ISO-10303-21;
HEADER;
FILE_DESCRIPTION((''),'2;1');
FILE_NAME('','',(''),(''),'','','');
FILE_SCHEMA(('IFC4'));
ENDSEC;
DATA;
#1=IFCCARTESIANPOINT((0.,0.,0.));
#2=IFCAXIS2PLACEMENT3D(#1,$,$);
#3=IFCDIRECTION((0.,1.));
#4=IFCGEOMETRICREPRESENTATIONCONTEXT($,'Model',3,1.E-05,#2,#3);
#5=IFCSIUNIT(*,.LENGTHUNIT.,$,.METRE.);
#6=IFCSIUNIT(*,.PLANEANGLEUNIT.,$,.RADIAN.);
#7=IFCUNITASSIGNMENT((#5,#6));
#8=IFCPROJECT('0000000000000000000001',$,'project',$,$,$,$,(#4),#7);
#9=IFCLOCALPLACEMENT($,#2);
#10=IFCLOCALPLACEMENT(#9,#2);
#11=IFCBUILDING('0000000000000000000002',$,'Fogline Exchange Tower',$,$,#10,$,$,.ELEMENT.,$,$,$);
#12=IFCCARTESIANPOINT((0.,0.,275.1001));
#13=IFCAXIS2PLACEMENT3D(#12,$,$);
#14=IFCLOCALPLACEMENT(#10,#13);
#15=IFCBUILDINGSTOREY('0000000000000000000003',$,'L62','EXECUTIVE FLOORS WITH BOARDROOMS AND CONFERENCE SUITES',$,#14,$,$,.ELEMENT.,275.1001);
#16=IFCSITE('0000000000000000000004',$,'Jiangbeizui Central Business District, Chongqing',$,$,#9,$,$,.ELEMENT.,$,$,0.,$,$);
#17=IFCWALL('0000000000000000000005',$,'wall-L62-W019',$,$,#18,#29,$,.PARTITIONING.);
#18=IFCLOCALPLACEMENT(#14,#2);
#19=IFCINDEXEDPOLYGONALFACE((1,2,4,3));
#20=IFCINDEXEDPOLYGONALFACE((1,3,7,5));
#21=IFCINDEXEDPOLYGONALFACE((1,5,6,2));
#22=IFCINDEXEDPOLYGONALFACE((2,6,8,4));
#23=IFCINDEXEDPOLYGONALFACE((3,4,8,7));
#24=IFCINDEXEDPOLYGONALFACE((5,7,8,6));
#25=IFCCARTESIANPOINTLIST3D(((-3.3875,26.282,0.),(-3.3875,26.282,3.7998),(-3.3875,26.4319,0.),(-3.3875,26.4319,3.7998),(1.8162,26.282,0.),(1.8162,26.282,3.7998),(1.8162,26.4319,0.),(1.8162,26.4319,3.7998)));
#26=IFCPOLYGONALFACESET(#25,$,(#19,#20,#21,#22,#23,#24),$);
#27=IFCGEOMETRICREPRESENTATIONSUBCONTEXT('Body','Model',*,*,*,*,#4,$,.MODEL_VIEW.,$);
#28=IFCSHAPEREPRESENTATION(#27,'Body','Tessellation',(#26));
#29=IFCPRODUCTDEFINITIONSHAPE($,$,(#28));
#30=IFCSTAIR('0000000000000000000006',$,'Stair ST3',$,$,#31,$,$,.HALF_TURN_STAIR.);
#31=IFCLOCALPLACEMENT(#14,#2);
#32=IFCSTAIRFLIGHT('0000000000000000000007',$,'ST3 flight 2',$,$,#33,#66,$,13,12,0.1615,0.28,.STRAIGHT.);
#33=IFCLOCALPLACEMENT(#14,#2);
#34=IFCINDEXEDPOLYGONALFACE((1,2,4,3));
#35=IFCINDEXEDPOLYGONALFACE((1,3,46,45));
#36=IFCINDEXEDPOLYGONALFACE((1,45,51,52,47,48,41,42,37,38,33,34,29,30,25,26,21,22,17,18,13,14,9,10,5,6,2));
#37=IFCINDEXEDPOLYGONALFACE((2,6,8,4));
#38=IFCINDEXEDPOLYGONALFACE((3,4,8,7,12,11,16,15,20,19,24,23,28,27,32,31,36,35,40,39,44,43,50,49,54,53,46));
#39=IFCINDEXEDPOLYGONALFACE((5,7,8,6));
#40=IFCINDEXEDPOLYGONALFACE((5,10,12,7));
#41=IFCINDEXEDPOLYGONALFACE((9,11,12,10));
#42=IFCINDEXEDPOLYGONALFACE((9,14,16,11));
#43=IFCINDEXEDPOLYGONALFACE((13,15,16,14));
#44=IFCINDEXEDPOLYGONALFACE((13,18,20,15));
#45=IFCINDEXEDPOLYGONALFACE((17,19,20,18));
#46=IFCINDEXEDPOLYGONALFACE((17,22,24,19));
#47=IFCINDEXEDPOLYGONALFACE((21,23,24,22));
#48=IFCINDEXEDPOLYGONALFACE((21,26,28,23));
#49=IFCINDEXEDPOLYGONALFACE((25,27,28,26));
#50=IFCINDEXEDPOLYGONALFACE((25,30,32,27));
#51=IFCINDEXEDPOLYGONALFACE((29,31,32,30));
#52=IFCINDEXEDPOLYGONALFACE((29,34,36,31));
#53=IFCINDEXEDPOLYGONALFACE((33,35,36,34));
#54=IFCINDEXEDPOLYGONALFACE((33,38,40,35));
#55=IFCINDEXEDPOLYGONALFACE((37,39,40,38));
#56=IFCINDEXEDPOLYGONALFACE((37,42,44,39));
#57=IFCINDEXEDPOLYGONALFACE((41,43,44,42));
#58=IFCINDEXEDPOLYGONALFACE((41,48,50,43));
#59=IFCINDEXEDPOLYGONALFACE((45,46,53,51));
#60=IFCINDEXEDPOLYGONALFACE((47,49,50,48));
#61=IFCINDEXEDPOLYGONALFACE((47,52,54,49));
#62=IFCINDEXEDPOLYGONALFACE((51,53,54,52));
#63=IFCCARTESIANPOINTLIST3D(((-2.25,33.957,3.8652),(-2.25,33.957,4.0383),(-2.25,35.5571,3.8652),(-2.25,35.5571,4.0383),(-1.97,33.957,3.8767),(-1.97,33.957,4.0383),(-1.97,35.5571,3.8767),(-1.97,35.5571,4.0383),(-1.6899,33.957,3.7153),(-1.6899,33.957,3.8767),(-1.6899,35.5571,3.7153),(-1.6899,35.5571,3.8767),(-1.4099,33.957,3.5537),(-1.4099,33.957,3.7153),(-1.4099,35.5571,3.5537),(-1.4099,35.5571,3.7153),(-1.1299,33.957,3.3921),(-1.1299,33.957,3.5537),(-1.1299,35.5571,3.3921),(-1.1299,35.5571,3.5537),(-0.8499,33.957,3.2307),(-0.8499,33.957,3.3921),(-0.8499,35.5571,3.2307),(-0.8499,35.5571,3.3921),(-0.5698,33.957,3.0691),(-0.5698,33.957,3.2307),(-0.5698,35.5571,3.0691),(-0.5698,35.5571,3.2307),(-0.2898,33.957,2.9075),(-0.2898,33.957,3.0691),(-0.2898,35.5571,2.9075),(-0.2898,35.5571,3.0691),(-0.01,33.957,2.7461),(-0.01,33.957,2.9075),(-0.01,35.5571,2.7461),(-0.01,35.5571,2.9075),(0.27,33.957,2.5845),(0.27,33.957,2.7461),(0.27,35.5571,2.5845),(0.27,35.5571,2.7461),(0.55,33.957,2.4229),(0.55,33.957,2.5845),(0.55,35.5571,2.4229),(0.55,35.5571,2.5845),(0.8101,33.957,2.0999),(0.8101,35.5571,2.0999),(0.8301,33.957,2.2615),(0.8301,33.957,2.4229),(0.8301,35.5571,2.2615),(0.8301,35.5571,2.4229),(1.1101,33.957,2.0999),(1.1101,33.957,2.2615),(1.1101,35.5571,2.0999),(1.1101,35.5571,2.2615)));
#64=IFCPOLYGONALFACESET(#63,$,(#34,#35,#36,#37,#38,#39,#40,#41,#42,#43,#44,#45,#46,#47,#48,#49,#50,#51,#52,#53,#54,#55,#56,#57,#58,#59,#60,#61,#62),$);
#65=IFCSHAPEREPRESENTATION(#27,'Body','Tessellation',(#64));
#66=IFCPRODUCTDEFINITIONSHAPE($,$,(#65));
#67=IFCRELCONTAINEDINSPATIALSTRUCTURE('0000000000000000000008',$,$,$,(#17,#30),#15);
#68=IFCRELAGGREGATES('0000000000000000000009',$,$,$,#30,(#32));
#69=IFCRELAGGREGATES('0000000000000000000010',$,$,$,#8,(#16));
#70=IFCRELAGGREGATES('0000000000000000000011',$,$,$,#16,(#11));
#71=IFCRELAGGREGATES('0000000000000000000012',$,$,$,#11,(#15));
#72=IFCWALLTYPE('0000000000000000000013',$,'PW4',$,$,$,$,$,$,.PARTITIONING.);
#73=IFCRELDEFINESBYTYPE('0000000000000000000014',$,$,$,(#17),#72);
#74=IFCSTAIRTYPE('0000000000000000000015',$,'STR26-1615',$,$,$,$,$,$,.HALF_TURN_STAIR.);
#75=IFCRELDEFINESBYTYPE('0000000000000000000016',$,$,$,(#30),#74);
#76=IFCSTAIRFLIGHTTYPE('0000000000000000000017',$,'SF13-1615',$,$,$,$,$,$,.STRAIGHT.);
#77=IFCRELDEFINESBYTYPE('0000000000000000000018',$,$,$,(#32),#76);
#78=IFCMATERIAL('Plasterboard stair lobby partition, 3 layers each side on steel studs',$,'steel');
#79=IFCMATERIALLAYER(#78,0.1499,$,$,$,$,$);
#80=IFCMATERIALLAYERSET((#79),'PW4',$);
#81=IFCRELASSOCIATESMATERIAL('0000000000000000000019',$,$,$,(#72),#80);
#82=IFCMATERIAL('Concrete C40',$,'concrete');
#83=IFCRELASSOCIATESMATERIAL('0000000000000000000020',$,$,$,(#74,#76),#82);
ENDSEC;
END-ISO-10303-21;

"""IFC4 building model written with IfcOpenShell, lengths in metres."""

from ifc_helpers import new_model, si_unit, direction, frame, frame_2d, origin, place, context, subcontext, project, spatial, polyline, rectangle, outline, extrude, material, layer, layer_set, type_object, element, aggregate, save


model = new_model("IFC4")

# Units and contexts
model_context = context("Model", 3, precision=1e-05, world=origin(), true_north=direction((0.0, 1.0)))
body_context = subcontext(model_context, "Body", "Model", "MODEL_VIEW")
ifc_project = project(units=[si_unit("LENGTHUNIT", "METRE"), si_unit("PLANEANGLEUNIT", "RADIAN")], contexts=[model_context])

# Site, building, storey
site_placement = place(None, origin())
site = spatial("IfcSite", under=ifc_project, at=site_placement, Name="Jiangbeizui Central Business District, Chongqing", CompositionType="ELEMENT", RefElevation=0.0)
building_placement = place(site_placement, origin())
building = spatial("IfcBuilding", under=site, at=building_placement, Name="Fogline Exchange Tower", CompositionType="ELEMENT")
storey_placement = place(building_placement, frame((0.0, 0.0, 275.1001)))
storey = spatial("IfcBuildingStorey", under=building, at=storey_placement, Name="L62", Description="EXECUTIVE FLOORS WITH BOARDROOMS AND CONFERENCE SUITES", CompositionType="ELEMENT", Elevation=275.1001)

# Shared definitions
ifc_material_1 = material(Name="Concrete C40", Category="concrete")

# Wall
ifc_material_2 = material(Name="Plasterboard stair lobby partition, 3 layers each side on steel studs", Category="steel")
ifc_layer_1 = layer(ifc_material_2, 0.1499)
ifc_layer_set_1 = layer_set([ifc_layer_1], Name="PW4")
wall_type_1 = type_object("IfcWallType", Name="PW4", PredefinedType="PARTITIONING", material=ifc_layer_set_1)
wall_1_placement = place(storey_placement, frame((1.8162, 26.3569, 0.0), z_axis=(0.0, 0.0, 1.0), x_axis=(-1.0, 0.0, 0.0)))
element("IfcWall", 1, at=wall_1_placement, inside=storey, type_object=wall_type_1, Name="wall-L62-W019", PredefinedType="PARTITIONING", context=body_context, shape_type="SweptSolid", body=[
    extrude(rectangle(XDim=5.2036, YDim=0.1499, at=frame_2d((2.6018, 0.0))), origin(), (0.0, 0.0, 1.0), 3.7998),
])

# Stair, stair flight
stair_type = type_object("IfcStairType", Name="STR26-1615", PredefinedType="HALF_TURN_STAIR", material=ifc_material_1)
stair_placement = place(storey_placement, origin())
stair = element("IfcStair", 2, at=stair_placement, inside=storey, type_object=stair_type, Name="Stair ST3", PredefinedType="HALF_TURN_STAIR")
stair_flight_type = type_object("IfcStairFlightType", Name="SF13-1615", PredefinedType="STRAIGHT", material=ifc_material_1)
stair_flight_placement = place(storey_placement, frame((1.1101, 34.7571, 2.0999), z_axis=(0.0, 0.0, 1.0), x_axis=(-1.0, 0.0, 0.0)))
stair_flight = element("IfcStairFlight", 3, at=stair_flight_placement, type_object=stair_flight_type, Name="ST3 flight 2", NumberOfRisers=13, NumberOfTreads=12, PredefinedType="STRAIGHT", RiserHeight=0.1615, TreadLength=0.28, context=body_context, shape_type="SweptSolid", body=[
    extrude(outline(polyline([(0.0, 0.0), (0.0, 0.1616), (0.28, 0.1616), (0.28, 0.323), (0.5601, 0.323), (0.5601, 0.4846), (0.8401, 0.4846), (0.8401, 0.6462), (1.1201, 0.6462), (1.1201, 0.8076), (1.3999, 0.8076), (1.3999, 0.9692), (1.6799, 0.9692), (1.6799, 1.1309), (1.96, 1.1309), (1.96, 1.2922), (2.24, 1.2922), (2.24, 1.4539), (2.52, 1.4539), (2.52, 1.6155), (2.8, 1.6155), (2.8, 1.7769), (3.0801, 1.7769), (3.0801, 1.9385), (3.3601, 1.9385), (3.3601, 2.1001), (3.3601, 1.7654), (0.3, 0.0), (0.0, 0.0)])), frame((0.0, 0.8, 0.0), z_axis=(0.0, -1.0, 0.0), x_axis=(1.0, 0.0, 0.0)), (0.0, 0.0, 1.0), 1.6001),
])
aggregate(stair, [stair_flight])

save(model, "model.ifc")
